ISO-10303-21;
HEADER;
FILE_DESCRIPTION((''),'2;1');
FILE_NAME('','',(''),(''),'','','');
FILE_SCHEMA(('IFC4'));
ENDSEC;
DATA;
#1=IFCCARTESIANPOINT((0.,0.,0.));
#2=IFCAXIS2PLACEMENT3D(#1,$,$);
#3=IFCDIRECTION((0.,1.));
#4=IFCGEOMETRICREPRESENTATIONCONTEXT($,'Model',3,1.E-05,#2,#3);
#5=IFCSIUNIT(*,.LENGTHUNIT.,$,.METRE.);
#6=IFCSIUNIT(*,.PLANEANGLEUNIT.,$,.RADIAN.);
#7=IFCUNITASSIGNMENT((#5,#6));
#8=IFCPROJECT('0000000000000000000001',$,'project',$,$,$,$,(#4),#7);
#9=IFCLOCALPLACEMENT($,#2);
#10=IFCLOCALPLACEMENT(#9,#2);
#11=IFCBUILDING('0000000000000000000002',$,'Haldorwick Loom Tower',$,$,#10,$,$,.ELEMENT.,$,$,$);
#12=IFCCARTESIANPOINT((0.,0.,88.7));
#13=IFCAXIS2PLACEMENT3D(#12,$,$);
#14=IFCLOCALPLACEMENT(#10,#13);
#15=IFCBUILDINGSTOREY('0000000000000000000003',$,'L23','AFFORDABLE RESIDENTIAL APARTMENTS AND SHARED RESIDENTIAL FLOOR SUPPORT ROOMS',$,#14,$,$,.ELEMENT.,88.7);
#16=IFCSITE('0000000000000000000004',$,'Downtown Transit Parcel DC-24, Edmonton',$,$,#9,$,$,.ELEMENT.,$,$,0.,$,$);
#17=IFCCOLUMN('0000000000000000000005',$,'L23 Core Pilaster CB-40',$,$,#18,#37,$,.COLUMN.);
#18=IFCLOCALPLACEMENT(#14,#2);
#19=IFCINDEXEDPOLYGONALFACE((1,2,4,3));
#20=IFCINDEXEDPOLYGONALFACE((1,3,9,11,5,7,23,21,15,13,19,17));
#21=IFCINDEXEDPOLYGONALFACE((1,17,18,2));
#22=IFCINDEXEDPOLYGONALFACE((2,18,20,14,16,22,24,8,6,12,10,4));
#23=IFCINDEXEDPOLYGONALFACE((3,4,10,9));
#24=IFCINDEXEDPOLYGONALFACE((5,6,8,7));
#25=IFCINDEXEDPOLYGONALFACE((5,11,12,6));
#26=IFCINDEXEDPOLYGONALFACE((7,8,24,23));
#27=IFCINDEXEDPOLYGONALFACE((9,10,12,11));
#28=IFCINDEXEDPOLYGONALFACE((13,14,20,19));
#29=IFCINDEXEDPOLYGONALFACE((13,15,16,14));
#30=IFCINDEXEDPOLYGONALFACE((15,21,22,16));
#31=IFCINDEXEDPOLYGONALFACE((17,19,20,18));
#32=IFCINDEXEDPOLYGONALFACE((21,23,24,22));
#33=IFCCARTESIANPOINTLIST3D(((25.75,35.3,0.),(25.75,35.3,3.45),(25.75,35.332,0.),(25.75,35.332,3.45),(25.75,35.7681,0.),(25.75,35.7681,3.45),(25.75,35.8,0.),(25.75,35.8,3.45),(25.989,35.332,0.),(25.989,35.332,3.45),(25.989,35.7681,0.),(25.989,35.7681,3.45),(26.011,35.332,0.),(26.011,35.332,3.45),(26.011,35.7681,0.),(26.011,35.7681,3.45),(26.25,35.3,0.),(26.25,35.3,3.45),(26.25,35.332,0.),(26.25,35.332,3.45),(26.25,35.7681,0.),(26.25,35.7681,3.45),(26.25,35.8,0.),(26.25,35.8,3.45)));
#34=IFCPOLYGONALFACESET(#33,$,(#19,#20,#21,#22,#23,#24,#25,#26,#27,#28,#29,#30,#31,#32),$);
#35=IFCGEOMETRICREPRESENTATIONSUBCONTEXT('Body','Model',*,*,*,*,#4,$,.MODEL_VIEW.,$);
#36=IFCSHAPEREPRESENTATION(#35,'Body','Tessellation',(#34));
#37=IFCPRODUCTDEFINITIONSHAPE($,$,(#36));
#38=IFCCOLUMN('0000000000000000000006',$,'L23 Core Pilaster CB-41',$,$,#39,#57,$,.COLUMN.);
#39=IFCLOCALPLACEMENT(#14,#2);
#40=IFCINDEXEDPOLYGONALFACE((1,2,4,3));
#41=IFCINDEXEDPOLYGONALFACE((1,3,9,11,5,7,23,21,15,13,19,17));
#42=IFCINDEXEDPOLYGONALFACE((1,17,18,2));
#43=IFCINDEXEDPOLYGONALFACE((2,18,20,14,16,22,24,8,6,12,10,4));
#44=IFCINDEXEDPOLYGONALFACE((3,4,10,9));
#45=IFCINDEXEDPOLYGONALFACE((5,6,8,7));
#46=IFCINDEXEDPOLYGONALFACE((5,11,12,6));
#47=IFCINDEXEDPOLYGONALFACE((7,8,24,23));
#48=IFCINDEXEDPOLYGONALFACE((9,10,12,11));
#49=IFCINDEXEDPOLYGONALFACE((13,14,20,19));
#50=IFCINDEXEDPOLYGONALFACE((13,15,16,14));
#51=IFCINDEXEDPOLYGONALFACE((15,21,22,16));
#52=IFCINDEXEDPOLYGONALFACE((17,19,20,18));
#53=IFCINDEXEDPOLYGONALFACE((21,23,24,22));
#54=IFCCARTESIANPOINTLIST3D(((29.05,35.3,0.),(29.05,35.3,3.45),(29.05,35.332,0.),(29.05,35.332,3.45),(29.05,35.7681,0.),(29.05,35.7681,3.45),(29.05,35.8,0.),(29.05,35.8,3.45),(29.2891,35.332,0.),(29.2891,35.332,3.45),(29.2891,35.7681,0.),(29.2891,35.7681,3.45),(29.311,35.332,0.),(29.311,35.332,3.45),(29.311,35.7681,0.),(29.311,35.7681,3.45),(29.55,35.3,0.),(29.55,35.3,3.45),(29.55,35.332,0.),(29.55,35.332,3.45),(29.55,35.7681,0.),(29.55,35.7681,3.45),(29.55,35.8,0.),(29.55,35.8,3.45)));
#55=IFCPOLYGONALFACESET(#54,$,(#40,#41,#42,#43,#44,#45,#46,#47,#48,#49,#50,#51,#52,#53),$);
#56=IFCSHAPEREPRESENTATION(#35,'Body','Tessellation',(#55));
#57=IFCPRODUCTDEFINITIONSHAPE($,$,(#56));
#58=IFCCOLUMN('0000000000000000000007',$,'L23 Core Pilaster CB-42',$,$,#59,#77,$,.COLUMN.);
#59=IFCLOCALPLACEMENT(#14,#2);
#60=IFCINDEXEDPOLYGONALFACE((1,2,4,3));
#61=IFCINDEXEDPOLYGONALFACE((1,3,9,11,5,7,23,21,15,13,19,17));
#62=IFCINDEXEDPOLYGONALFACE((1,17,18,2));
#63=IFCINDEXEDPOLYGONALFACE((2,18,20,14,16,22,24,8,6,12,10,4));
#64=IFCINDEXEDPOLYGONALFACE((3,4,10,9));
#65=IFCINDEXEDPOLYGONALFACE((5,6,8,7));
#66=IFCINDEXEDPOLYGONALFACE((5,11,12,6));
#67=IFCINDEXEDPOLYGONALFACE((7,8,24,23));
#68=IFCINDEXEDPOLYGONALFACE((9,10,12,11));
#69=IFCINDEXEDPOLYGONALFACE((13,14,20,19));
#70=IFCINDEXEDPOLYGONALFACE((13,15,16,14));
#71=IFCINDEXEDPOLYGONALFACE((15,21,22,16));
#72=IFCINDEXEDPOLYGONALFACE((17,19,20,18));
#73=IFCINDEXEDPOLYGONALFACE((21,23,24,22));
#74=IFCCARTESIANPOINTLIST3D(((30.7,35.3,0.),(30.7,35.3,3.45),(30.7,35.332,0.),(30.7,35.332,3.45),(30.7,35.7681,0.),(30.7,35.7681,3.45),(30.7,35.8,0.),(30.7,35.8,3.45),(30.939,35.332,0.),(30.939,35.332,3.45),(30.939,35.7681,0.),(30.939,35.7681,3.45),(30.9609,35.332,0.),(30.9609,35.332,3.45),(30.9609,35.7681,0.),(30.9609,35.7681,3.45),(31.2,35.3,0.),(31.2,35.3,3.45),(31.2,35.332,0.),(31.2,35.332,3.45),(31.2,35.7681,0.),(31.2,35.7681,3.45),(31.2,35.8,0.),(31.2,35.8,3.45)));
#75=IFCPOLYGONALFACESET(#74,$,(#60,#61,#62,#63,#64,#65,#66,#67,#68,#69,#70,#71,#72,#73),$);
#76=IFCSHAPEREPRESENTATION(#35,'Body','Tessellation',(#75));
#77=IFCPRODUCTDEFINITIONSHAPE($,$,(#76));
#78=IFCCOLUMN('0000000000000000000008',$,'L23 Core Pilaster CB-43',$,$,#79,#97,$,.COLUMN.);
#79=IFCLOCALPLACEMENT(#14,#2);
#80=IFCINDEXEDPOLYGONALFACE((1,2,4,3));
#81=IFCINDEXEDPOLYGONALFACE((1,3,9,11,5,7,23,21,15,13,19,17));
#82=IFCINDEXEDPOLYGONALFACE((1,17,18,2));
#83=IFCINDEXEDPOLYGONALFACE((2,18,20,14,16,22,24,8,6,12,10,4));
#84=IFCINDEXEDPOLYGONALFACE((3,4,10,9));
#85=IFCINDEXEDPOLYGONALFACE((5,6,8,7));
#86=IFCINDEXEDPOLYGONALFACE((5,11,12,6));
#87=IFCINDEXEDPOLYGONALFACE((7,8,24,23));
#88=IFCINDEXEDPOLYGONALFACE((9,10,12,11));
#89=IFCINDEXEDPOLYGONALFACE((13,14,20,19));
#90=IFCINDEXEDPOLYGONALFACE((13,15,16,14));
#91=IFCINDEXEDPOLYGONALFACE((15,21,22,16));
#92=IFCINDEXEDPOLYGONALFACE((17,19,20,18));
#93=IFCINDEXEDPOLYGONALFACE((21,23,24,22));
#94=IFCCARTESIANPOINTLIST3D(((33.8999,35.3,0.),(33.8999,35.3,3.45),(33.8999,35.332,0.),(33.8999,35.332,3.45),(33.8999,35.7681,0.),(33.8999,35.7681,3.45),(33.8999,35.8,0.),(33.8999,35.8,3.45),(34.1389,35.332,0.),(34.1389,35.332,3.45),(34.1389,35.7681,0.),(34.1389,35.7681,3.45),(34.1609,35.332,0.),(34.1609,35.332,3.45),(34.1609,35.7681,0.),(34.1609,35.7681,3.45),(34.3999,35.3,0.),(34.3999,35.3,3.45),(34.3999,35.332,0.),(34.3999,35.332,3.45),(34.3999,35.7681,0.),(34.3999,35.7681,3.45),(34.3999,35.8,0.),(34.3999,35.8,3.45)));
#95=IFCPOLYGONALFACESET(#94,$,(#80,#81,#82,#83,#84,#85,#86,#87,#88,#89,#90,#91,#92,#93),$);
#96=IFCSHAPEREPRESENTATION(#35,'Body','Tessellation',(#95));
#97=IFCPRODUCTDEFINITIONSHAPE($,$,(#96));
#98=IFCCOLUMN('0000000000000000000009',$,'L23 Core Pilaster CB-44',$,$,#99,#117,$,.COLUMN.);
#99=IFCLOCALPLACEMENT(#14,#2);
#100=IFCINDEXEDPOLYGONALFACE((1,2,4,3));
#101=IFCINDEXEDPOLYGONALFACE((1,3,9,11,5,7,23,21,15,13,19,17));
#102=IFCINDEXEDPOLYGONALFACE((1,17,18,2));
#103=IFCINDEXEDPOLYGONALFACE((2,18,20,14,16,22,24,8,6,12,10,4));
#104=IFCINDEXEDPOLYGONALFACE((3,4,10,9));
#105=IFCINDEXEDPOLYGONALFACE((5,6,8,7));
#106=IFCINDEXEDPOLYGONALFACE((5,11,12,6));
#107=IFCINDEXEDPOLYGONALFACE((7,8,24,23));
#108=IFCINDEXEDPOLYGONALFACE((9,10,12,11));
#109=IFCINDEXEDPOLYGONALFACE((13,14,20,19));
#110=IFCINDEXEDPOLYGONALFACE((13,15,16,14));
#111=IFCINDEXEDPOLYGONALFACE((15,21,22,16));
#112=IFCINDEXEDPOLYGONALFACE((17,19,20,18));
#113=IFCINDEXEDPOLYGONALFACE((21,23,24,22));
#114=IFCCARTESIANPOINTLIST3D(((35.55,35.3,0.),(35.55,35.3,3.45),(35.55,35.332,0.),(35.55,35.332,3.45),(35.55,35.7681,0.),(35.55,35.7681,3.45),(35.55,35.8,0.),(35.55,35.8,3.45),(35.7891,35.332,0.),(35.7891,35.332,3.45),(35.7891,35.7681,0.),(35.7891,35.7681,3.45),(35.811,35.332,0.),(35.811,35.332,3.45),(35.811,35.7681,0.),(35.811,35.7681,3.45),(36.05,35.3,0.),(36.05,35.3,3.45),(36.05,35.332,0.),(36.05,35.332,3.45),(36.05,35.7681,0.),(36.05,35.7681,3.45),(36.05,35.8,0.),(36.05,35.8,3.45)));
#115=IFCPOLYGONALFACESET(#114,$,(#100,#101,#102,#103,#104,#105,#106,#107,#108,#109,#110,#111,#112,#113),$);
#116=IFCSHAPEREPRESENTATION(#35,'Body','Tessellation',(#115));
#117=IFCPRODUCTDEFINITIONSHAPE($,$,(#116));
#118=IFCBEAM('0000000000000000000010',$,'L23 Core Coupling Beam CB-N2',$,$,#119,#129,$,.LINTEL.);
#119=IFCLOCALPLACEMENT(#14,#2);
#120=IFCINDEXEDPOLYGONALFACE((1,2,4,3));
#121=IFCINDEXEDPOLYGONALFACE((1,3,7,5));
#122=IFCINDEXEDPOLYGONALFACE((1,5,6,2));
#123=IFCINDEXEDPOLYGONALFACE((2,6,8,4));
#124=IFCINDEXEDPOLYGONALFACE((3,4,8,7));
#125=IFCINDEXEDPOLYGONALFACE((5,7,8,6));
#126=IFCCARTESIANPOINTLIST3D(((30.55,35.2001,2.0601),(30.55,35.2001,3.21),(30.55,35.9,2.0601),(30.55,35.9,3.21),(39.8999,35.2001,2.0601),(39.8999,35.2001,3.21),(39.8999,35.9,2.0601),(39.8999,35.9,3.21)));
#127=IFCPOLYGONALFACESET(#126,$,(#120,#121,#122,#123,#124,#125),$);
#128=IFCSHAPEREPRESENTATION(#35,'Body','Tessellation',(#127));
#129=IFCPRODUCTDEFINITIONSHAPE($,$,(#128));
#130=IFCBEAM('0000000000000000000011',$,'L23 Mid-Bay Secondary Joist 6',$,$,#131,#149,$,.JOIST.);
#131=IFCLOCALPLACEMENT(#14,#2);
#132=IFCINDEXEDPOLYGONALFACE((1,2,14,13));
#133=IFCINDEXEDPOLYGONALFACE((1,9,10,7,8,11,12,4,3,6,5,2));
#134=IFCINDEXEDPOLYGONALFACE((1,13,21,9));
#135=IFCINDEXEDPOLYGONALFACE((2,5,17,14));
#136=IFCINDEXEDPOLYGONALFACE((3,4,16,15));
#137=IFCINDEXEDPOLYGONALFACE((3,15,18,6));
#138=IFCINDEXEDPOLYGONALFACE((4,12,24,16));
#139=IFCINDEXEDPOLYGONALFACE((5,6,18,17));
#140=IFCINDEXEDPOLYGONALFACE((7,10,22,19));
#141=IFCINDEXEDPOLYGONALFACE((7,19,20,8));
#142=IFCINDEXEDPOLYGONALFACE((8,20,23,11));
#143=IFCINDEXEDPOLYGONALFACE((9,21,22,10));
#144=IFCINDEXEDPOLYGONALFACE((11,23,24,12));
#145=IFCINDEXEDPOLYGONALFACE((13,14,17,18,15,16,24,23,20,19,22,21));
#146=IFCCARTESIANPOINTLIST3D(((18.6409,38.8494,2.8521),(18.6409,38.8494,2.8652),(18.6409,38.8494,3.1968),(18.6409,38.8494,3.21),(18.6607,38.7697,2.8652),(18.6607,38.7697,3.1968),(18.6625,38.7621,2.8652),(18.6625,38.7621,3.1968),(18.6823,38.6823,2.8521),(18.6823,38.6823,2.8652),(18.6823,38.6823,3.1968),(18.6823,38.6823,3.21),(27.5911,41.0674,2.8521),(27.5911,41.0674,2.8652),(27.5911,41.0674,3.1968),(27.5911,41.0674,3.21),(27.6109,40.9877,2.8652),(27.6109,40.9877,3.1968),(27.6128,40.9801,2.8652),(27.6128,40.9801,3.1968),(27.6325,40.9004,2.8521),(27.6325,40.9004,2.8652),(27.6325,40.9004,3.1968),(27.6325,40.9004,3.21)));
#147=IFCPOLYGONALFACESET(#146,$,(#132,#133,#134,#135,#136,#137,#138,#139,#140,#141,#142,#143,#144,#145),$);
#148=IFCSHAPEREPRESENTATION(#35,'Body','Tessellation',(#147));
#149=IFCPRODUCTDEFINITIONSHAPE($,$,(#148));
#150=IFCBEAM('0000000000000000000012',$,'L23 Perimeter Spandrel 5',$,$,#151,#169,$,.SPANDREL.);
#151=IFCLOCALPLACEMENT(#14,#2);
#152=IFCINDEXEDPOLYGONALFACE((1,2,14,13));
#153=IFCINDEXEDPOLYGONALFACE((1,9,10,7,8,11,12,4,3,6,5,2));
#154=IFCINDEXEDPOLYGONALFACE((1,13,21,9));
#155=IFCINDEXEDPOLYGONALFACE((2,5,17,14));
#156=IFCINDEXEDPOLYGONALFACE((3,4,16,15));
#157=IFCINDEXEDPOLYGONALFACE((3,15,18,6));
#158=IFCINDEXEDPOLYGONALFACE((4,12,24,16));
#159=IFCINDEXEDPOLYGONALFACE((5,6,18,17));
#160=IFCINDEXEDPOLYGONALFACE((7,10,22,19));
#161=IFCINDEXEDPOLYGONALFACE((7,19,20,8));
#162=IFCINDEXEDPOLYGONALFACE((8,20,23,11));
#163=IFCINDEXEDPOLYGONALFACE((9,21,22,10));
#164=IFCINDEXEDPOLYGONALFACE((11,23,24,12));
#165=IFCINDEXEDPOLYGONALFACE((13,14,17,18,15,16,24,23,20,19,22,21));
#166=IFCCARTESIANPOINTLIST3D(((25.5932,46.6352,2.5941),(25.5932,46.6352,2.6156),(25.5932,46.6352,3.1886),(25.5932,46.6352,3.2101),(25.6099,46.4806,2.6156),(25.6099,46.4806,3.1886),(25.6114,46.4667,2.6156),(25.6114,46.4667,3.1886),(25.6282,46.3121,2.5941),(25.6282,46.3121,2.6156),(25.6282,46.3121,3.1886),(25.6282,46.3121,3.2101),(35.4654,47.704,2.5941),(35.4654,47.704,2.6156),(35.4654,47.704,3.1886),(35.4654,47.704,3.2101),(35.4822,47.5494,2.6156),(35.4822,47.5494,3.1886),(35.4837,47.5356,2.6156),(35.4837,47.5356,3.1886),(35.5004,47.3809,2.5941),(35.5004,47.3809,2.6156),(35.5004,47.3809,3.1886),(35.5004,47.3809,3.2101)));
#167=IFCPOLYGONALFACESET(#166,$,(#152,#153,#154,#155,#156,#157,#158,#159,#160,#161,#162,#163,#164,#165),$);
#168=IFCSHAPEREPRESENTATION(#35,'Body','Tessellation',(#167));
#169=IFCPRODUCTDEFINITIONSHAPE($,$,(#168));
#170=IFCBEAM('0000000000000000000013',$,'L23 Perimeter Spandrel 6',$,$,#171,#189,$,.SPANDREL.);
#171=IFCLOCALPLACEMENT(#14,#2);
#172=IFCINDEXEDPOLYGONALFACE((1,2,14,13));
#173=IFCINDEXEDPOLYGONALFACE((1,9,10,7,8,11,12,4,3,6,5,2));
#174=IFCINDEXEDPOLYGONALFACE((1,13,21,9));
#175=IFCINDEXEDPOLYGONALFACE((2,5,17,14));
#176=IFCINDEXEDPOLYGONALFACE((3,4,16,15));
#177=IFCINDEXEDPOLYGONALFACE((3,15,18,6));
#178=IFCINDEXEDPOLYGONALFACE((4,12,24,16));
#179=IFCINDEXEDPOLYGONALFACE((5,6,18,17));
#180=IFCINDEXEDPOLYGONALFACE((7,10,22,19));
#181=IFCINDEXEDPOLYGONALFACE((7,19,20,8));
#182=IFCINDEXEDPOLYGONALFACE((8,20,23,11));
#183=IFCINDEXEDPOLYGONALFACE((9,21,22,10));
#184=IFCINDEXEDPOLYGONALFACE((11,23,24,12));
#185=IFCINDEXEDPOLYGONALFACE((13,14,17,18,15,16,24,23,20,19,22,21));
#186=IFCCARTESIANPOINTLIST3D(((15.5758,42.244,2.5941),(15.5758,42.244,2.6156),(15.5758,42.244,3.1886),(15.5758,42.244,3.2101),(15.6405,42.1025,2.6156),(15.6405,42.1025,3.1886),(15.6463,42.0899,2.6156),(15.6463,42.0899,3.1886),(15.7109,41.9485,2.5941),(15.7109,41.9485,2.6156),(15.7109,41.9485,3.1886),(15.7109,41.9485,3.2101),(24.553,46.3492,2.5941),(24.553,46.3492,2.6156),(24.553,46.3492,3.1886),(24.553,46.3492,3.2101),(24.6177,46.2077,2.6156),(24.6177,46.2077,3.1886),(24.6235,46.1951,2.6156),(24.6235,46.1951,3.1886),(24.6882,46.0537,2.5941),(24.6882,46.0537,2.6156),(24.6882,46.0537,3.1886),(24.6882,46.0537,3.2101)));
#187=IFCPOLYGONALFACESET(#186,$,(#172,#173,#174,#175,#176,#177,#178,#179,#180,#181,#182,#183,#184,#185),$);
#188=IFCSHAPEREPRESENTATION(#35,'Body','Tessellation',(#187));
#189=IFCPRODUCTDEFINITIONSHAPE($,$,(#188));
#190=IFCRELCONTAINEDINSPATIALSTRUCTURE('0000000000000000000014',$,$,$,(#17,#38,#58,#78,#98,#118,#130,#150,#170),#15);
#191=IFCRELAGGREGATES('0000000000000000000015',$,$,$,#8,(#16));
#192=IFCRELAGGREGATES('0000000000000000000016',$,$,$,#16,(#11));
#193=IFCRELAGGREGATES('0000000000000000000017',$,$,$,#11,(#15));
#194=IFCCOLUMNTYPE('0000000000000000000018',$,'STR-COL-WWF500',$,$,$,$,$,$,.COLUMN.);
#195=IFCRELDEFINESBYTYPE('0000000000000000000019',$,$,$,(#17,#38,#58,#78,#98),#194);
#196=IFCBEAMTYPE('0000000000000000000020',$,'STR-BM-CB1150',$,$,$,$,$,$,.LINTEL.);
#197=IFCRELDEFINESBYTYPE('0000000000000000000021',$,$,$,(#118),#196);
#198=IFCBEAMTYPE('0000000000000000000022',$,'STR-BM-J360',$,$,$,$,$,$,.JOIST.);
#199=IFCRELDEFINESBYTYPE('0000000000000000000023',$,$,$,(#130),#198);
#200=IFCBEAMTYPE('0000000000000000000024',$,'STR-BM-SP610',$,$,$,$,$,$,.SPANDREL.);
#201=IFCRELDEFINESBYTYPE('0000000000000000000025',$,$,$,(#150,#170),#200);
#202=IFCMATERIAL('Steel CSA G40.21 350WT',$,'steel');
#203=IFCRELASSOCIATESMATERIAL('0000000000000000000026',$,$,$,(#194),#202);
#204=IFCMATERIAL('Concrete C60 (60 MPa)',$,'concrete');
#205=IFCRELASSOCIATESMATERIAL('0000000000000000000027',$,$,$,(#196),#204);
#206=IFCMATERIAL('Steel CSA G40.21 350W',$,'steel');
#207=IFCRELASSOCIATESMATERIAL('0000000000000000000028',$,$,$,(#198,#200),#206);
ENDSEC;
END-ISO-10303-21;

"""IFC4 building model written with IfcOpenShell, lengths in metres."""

from ifc_helpers import new_model, si_unit, direction, frame, origin, origin_2d, place, context, subcontext, project, spatial, rectangle, i_section, extrude, material, material_profile, profile_set, type_object, element, save


model = new_model("IFC4")

# Units and contexts
model_context = context("Model", 3, precision=1e-05, world=origin(), true_north=direction((0.0, 1.0)))
body_context = subcontext(model_context, "Body", "Model", "MODEL_VIEW")
ifc_project = project(units=[si_unit("LENGTHUNIT", "METRE"), si_unit("PLANEANGLEUNIT", "RADIAN")], contexts=[model_context])

# Site, building, storey
site_placement = place(None, origin())
site = spatial("IfcSite", under=ifc_project, at=site_placement, Name="Downtown Transit Parcel DC-24, Edmonton", CompositionType="ELEMENT", RefElevation=0.0)
building_placement = place(site_placement, origin())
building = spatial("IfcBuilding", under=site, at=building_placement, Name="Haldorwick Loom Tower", CompositionType="ELEMENT")
storey_placement = place(building_placement, frame((0.0, 0.0, 88.7)))
storey = spatial("IfcBuildingStorey", under=building, at=storey_placement, Name="L23", Description="AFFORDABLE RESIDENTIAL APARTMENTS AND SHARED RESIDENTIAL FLOOR SUPPORT ROOMS", CompositionType="ELEMENT", Elevation=88.7)

# Columns
ifc_material_1 = material(Name="Concrete C60 (60 MPa)", Category="concrete")
ifc_material_2 = material(Name="Steel CSA G40.21 350WT", Category="steel")
ifc_material_profile_1 = material_profile(ifc_material_2, i_section(OverallWidth=0.5, OverallDepth=0.5, WebThickness=0.022, FlangeThickness=0.032, at=origin_2d()), Name="WWF500X500", Category="steel")
ifc_profile_set_1 = profile_set([ifc_material_profile_1], Name="Steel CSA G40.21 350WT")
column_type_1 = type_object("IfcColumnType", Name="STR-COL-WWF500", PredefinedType="COLUMN", material=ifc_profile_set_1)
for number, where, z_axis, x_axis, name in (
    (1, (26.0, 35.55, 0.0), (0.0, 0.0, 1.0), (1.0, 0.0, 0.0), "L23 Core Pilaster CB-40"),
    (2, (29.3, 35.55, 0.0), (0.0, 0.0, 1.0), (1.0, 0.0, 0.0), "L23 Core Pilaster CB-41"),
    (3, (30.95, 35.55, 0.0), (0.0, 0.0, 1.0), (1.0, 0.0, 0.0), "L23 Core Pilaster CB-42"),
    (4, (34.1499, 35.55, 0.0), (0.0, 0.0, 1.0), (1.0, 0.0, 0.0), "L23 Core Pilaster CB-43"),
    (5, (35.8, 35.55, 0.0), (0.0, 0.0, 1.0), (1.0, 0.0, 0.0), "L23 Core Pilaster CB-44"),
):
    element("IfcColumn", number, at=place(storey_placement, frame(where, z_axis=z_axis, x_axis=x_axis)), inside=storey, type_object=column_type_1, Name=name, PredefinedType="COLUMN", context=body_context, shape_type="SweptSolid", body=[
        extrude(i_section(OverallWidth=0.5, OverallDepth=0.5, WebThickness=0.022, FlangeThickness=0.032, at=origin_2d()), origin(), (0.0, 0.0, 1.0), 3.45),
    ])

# Beams
ifc_material_profile_2 = material_profile(ifc_material_1, rectangle(XDim=0.7, YDim=1.1499, at=origin_2d()), Name="RC700X1150", Category="concrete")
ifc_profile_set_2 = profile_set([ifc_material_profile_2], Name="Concrete C60 (60 MPa)")
beam_type_1 = type_object("IfcBeamType", Name="STR-BM-CB1150", PredefinedType="LINTEL", material=ifc_profile_set_2)
beam_1_placement = place(storey_placement, frame((30.55, 35.55, 2.635), z_axis=(1.0, 0.0, 0.0), x_axis=(0.0, 1.0, 0.0)))
element("IfcBeam", 6, at=beam_1_placement, inside=storey, type_object=beam_type_1, Name="L23 Core Coupling Beam CB-N2", PredefinedType="LINTEL", context=body_context, shape_type="SweptSolid", body=[
    extrude(rectangle(XDim=0.7, YDim=1.1499, at=origin_2d()), origin(), (0.0, 0.0, 1.0), 9.3499),
])
ifc_material_3 = material(Name="Steel CSA G40.21 350W", Category="steel")
ifc_material_profile_3 = material_profile(ifc_material_3, i_section(OverallWidth=0.1721, OverallDepth=0.3579, WebThickness=0.0078, FlangeThickness=0.0132, at=origin_2d()), Name="W360X57", Category="steel")
ifc_profile_set_3 = profile_set([ifc_material_profile_3], Name="Steel CSA G40.21 350W")
beam_type_2 = type_object("IfcBeamType", Name="STR-BM-J360", PredefinedType="JOIST", material=ifc_profile_set_3)
beam_2_placement = place(storey_placement, frame((27.6118, 40.9839, 3.031), z_axis=(-0.970639, -0.240542, 0.0), x_axis=(0.240542, -0.970639, 0.0)))
element("IfcBeam", 7, at=beam_2_placement, inside=storey, type_object=beam_type_2, Name="L23 Mid-Bay Secondary Joist 6", PredefinedType="JOIST", context=body_context, shape_type="SweptSolid", body=[
    extrude(i_section(OverallWidth=0.1721, OverallDepth=0.3579, WebThickness=0.0078, FlangeThickness=0.0132, at=origin_2d()), origin(), (0.0, 0.0, 1.0), 9.2209),
])
ifc_material_profile_4 = material_profile(ifc_material_3, i_section(OverallWidth=0.325, OverallDepth=0.616, WebThickness=0.0139, FlangeThickness=0.0215, at=origin_2d()), Name="W610X174", Category="steel")
ifc_profile_set_4 = profile_set([ifc_material_profile_4], Name="Steel CSA G40.21 350W")
beam_type_3 = type_object("IfcBeamType", Name="STR-BM-SP610", PredefinedType="SPANDREL", material=ifc_profile_set_4)
beam_3_placement = place(storey_placement, frame((35.4829, 47.5425, 2.9021), z_axis=(-0.99419, -0.107638, 0.0), x_axis=(0.107638, -0.99419, 0.0)))
element("IfcBeam", 8, at=beam_3_placement, inside=storey, type_object=beam_type_3, Name="L23 Perimeter Spandrel 5", PredefinedType="SPANDREL", context=body_context, shape_type="SweptSolid", body=[
    extrude(i_section(OverallWidth=0.325, OverallDepth=0.616, WebThickness=0.0139, FlangeThickness=0.0215, at=origin_2d()), origin(), (0.0, 0.0, 1.0), 9.9299),
])
beam_4_placement = place(storey_placement, frame((24.6206, 46.2014, 2.9021), z_axis=(-0.909424, -0.41587, 0.0), x_axis=(0.41587, -0.909424, 0.0)))
element("IfcBeam", 9, at=beam_4_placement, inside=storey, type_object=beam_type_3, Name="L23 Perimeter Spandrel 6", PredefinedType="SPANDREL", context=body_context, shape_type="SweptSolid", body=[
    extrude(i_section(OverallWidth=0.325, OverallDepth=0.616, WebThickness=0.0139, FlangeThickness=0.0215, at=origin_2d()), origin(), (0.0, 0.0, 1.0), 9.8713),
])

save(model, "model.ifc")
